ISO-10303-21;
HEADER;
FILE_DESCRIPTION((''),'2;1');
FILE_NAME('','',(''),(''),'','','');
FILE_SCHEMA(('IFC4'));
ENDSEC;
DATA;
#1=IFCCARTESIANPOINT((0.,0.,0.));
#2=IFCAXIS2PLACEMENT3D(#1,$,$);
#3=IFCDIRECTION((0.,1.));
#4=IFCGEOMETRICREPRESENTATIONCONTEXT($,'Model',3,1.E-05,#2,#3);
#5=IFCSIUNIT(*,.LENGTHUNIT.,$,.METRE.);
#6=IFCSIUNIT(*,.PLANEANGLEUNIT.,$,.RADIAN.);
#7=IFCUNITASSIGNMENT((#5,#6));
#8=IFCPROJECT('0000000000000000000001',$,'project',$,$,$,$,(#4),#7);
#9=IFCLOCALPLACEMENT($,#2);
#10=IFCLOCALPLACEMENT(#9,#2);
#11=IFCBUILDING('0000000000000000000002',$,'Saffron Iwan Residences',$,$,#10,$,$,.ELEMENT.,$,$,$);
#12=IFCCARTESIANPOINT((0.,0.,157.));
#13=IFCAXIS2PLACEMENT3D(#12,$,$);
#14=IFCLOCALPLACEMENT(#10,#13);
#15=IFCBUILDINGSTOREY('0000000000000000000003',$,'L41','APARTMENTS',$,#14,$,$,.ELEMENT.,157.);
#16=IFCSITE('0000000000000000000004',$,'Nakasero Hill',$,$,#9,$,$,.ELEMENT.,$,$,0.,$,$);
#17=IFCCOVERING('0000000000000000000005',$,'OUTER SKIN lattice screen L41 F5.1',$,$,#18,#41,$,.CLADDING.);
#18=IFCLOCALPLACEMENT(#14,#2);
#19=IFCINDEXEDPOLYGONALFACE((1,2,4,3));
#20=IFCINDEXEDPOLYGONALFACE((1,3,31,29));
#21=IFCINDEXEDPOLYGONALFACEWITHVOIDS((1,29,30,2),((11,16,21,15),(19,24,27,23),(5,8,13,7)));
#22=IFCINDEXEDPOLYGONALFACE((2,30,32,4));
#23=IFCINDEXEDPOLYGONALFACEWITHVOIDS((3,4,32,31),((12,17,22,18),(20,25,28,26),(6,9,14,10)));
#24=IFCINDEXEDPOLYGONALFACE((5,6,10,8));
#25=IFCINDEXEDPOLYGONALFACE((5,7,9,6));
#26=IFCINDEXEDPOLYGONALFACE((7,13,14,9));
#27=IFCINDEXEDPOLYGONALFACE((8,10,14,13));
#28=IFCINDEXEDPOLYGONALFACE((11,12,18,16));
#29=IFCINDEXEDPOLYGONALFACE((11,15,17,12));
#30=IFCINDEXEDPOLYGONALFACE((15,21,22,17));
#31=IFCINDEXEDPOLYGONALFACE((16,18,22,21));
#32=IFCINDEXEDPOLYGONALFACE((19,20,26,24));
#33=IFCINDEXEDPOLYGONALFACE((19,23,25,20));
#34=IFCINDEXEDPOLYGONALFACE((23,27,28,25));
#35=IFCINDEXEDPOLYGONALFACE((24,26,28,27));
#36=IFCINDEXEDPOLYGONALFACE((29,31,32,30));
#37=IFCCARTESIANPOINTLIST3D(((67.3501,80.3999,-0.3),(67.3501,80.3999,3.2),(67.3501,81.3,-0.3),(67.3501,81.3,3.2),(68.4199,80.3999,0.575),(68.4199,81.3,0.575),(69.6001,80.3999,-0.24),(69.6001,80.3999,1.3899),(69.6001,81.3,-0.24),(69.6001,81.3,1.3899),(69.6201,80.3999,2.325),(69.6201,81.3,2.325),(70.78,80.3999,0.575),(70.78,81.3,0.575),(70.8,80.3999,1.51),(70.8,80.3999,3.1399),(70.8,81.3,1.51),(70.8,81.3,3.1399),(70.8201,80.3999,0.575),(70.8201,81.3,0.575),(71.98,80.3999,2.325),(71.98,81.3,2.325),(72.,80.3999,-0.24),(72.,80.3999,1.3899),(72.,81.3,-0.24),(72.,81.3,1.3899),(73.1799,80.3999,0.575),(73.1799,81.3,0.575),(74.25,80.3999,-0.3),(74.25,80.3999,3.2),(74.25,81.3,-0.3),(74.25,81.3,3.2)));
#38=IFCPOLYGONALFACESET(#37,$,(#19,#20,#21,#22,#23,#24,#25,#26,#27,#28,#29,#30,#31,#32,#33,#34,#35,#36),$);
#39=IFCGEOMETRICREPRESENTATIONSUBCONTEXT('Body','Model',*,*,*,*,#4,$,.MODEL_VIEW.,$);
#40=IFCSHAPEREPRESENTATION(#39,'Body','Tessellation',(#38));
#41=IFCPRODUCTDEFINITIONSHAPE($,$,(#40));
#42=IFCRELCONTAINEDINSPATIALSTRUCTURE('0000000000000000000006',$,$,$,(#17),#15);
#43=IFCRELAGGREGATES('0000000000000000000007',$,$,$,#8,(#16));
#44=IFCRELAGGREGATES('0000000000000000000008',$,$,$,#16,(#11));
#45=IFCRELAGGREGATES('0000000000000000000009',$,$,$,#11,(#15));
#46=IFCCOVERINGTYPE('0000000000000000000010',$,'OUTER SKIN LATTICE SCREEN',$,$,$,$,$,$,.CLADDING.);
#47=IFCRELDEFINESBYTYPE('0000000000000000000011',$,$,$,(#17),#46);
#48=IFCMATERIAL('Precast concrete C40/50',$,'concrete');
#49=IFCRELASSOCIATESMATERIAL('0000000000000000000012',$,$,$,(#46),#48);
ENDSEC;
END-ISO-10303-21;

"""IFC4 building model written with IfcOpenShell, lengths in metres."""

from ifc_helpers import new_model, si_unit, direction, frame, origin, place, context, subcontext, project, spatial, polyline, outline, extrude, material, type_object, element, save


model = new_model("IFC4")

# Units and contexts
model_context = context("Model", 3, precision=1e-05, world=origin(), true_north=direction((0.0, 1.0)))
body_context = subcontext(model_context, "Body", "Model", "MODEL_VIEW")
ifc_project = project(units=[si_unit("LENGTHUNIT", "METRE"), si_unit("PLANEANGLEUNIT", "RADIAN")], contexts=[model_context])

# Site, building, storey
site_placement = place(None, origin())
site = spatial("IfcSite", under=ifc_project, at=site_placement, Name="Nakasero Hill", CompositionType="ELEMENT", RefElevation=0.0)
building_placement = place(site_placement, origin())
building = spatial("IfcBuilding", under=site, at=building_placement, Name="Saffron Iwan Residences", CompositionType="ELEMENT")
storey_placement = place(building_placement, frame((0.0, 0.0, 157.0)))
storey = spatial("IfcBuildingStorey", under=building, at=storey_placement, Name="L41", Description="APARTMENTS", CompositionType="ELEMENT", Elevation=157.0)

# Covering
ifc_material_1 = material(Name="Precast concrete C40/50", Category="concrete")
covering_type = type_object("IfcCoveringType", Name="OUTER SKIN LATTICE SCREEN", PredefinedType="CLADDING", material=ifc_material_1)
covering_placement = place(storey_placement, frame((74.25, 80.3999, -0.3), z_axis=(0.0, 1.0, 0.0), x_axis=(-1.0, 0.0, 0.0)))
element("IfcCovering", 1, at=covering_placement, inside=storey, type_object=covering_type, Name="OUTER SKIN lattice screen L41 F5.1", PredefinedType="CLADDING", context=body_context, shape_type="SweptSolid", body=[
    extrude(outline(polyline([(0.0, 0.0), (6.8999, 0.0), (6.8999, 3.5), (0.0, 3.5), (0.0, 0.0)]), holes=[polyline([(1.0701, 0.875), (2.25, 0.0601), (3.4299, 0.875), (2.25, 1.6899), (1.0701, 0.875)]), polyline([(3.47, 0.875), (4.6499, 0.0601), (5.8301, 0.875), (4.6499, 1.6899), (3.47, 0.875)]), polyline([(2.27, 2.625), (3.45, 1.8101), (4.6299, 2.625), (3.45, 3.4399), (2.27, 2.625)])]), origin(), (0.0, 0.0, 1.0), 0.9001),
])

save(model, "model.ifc")
